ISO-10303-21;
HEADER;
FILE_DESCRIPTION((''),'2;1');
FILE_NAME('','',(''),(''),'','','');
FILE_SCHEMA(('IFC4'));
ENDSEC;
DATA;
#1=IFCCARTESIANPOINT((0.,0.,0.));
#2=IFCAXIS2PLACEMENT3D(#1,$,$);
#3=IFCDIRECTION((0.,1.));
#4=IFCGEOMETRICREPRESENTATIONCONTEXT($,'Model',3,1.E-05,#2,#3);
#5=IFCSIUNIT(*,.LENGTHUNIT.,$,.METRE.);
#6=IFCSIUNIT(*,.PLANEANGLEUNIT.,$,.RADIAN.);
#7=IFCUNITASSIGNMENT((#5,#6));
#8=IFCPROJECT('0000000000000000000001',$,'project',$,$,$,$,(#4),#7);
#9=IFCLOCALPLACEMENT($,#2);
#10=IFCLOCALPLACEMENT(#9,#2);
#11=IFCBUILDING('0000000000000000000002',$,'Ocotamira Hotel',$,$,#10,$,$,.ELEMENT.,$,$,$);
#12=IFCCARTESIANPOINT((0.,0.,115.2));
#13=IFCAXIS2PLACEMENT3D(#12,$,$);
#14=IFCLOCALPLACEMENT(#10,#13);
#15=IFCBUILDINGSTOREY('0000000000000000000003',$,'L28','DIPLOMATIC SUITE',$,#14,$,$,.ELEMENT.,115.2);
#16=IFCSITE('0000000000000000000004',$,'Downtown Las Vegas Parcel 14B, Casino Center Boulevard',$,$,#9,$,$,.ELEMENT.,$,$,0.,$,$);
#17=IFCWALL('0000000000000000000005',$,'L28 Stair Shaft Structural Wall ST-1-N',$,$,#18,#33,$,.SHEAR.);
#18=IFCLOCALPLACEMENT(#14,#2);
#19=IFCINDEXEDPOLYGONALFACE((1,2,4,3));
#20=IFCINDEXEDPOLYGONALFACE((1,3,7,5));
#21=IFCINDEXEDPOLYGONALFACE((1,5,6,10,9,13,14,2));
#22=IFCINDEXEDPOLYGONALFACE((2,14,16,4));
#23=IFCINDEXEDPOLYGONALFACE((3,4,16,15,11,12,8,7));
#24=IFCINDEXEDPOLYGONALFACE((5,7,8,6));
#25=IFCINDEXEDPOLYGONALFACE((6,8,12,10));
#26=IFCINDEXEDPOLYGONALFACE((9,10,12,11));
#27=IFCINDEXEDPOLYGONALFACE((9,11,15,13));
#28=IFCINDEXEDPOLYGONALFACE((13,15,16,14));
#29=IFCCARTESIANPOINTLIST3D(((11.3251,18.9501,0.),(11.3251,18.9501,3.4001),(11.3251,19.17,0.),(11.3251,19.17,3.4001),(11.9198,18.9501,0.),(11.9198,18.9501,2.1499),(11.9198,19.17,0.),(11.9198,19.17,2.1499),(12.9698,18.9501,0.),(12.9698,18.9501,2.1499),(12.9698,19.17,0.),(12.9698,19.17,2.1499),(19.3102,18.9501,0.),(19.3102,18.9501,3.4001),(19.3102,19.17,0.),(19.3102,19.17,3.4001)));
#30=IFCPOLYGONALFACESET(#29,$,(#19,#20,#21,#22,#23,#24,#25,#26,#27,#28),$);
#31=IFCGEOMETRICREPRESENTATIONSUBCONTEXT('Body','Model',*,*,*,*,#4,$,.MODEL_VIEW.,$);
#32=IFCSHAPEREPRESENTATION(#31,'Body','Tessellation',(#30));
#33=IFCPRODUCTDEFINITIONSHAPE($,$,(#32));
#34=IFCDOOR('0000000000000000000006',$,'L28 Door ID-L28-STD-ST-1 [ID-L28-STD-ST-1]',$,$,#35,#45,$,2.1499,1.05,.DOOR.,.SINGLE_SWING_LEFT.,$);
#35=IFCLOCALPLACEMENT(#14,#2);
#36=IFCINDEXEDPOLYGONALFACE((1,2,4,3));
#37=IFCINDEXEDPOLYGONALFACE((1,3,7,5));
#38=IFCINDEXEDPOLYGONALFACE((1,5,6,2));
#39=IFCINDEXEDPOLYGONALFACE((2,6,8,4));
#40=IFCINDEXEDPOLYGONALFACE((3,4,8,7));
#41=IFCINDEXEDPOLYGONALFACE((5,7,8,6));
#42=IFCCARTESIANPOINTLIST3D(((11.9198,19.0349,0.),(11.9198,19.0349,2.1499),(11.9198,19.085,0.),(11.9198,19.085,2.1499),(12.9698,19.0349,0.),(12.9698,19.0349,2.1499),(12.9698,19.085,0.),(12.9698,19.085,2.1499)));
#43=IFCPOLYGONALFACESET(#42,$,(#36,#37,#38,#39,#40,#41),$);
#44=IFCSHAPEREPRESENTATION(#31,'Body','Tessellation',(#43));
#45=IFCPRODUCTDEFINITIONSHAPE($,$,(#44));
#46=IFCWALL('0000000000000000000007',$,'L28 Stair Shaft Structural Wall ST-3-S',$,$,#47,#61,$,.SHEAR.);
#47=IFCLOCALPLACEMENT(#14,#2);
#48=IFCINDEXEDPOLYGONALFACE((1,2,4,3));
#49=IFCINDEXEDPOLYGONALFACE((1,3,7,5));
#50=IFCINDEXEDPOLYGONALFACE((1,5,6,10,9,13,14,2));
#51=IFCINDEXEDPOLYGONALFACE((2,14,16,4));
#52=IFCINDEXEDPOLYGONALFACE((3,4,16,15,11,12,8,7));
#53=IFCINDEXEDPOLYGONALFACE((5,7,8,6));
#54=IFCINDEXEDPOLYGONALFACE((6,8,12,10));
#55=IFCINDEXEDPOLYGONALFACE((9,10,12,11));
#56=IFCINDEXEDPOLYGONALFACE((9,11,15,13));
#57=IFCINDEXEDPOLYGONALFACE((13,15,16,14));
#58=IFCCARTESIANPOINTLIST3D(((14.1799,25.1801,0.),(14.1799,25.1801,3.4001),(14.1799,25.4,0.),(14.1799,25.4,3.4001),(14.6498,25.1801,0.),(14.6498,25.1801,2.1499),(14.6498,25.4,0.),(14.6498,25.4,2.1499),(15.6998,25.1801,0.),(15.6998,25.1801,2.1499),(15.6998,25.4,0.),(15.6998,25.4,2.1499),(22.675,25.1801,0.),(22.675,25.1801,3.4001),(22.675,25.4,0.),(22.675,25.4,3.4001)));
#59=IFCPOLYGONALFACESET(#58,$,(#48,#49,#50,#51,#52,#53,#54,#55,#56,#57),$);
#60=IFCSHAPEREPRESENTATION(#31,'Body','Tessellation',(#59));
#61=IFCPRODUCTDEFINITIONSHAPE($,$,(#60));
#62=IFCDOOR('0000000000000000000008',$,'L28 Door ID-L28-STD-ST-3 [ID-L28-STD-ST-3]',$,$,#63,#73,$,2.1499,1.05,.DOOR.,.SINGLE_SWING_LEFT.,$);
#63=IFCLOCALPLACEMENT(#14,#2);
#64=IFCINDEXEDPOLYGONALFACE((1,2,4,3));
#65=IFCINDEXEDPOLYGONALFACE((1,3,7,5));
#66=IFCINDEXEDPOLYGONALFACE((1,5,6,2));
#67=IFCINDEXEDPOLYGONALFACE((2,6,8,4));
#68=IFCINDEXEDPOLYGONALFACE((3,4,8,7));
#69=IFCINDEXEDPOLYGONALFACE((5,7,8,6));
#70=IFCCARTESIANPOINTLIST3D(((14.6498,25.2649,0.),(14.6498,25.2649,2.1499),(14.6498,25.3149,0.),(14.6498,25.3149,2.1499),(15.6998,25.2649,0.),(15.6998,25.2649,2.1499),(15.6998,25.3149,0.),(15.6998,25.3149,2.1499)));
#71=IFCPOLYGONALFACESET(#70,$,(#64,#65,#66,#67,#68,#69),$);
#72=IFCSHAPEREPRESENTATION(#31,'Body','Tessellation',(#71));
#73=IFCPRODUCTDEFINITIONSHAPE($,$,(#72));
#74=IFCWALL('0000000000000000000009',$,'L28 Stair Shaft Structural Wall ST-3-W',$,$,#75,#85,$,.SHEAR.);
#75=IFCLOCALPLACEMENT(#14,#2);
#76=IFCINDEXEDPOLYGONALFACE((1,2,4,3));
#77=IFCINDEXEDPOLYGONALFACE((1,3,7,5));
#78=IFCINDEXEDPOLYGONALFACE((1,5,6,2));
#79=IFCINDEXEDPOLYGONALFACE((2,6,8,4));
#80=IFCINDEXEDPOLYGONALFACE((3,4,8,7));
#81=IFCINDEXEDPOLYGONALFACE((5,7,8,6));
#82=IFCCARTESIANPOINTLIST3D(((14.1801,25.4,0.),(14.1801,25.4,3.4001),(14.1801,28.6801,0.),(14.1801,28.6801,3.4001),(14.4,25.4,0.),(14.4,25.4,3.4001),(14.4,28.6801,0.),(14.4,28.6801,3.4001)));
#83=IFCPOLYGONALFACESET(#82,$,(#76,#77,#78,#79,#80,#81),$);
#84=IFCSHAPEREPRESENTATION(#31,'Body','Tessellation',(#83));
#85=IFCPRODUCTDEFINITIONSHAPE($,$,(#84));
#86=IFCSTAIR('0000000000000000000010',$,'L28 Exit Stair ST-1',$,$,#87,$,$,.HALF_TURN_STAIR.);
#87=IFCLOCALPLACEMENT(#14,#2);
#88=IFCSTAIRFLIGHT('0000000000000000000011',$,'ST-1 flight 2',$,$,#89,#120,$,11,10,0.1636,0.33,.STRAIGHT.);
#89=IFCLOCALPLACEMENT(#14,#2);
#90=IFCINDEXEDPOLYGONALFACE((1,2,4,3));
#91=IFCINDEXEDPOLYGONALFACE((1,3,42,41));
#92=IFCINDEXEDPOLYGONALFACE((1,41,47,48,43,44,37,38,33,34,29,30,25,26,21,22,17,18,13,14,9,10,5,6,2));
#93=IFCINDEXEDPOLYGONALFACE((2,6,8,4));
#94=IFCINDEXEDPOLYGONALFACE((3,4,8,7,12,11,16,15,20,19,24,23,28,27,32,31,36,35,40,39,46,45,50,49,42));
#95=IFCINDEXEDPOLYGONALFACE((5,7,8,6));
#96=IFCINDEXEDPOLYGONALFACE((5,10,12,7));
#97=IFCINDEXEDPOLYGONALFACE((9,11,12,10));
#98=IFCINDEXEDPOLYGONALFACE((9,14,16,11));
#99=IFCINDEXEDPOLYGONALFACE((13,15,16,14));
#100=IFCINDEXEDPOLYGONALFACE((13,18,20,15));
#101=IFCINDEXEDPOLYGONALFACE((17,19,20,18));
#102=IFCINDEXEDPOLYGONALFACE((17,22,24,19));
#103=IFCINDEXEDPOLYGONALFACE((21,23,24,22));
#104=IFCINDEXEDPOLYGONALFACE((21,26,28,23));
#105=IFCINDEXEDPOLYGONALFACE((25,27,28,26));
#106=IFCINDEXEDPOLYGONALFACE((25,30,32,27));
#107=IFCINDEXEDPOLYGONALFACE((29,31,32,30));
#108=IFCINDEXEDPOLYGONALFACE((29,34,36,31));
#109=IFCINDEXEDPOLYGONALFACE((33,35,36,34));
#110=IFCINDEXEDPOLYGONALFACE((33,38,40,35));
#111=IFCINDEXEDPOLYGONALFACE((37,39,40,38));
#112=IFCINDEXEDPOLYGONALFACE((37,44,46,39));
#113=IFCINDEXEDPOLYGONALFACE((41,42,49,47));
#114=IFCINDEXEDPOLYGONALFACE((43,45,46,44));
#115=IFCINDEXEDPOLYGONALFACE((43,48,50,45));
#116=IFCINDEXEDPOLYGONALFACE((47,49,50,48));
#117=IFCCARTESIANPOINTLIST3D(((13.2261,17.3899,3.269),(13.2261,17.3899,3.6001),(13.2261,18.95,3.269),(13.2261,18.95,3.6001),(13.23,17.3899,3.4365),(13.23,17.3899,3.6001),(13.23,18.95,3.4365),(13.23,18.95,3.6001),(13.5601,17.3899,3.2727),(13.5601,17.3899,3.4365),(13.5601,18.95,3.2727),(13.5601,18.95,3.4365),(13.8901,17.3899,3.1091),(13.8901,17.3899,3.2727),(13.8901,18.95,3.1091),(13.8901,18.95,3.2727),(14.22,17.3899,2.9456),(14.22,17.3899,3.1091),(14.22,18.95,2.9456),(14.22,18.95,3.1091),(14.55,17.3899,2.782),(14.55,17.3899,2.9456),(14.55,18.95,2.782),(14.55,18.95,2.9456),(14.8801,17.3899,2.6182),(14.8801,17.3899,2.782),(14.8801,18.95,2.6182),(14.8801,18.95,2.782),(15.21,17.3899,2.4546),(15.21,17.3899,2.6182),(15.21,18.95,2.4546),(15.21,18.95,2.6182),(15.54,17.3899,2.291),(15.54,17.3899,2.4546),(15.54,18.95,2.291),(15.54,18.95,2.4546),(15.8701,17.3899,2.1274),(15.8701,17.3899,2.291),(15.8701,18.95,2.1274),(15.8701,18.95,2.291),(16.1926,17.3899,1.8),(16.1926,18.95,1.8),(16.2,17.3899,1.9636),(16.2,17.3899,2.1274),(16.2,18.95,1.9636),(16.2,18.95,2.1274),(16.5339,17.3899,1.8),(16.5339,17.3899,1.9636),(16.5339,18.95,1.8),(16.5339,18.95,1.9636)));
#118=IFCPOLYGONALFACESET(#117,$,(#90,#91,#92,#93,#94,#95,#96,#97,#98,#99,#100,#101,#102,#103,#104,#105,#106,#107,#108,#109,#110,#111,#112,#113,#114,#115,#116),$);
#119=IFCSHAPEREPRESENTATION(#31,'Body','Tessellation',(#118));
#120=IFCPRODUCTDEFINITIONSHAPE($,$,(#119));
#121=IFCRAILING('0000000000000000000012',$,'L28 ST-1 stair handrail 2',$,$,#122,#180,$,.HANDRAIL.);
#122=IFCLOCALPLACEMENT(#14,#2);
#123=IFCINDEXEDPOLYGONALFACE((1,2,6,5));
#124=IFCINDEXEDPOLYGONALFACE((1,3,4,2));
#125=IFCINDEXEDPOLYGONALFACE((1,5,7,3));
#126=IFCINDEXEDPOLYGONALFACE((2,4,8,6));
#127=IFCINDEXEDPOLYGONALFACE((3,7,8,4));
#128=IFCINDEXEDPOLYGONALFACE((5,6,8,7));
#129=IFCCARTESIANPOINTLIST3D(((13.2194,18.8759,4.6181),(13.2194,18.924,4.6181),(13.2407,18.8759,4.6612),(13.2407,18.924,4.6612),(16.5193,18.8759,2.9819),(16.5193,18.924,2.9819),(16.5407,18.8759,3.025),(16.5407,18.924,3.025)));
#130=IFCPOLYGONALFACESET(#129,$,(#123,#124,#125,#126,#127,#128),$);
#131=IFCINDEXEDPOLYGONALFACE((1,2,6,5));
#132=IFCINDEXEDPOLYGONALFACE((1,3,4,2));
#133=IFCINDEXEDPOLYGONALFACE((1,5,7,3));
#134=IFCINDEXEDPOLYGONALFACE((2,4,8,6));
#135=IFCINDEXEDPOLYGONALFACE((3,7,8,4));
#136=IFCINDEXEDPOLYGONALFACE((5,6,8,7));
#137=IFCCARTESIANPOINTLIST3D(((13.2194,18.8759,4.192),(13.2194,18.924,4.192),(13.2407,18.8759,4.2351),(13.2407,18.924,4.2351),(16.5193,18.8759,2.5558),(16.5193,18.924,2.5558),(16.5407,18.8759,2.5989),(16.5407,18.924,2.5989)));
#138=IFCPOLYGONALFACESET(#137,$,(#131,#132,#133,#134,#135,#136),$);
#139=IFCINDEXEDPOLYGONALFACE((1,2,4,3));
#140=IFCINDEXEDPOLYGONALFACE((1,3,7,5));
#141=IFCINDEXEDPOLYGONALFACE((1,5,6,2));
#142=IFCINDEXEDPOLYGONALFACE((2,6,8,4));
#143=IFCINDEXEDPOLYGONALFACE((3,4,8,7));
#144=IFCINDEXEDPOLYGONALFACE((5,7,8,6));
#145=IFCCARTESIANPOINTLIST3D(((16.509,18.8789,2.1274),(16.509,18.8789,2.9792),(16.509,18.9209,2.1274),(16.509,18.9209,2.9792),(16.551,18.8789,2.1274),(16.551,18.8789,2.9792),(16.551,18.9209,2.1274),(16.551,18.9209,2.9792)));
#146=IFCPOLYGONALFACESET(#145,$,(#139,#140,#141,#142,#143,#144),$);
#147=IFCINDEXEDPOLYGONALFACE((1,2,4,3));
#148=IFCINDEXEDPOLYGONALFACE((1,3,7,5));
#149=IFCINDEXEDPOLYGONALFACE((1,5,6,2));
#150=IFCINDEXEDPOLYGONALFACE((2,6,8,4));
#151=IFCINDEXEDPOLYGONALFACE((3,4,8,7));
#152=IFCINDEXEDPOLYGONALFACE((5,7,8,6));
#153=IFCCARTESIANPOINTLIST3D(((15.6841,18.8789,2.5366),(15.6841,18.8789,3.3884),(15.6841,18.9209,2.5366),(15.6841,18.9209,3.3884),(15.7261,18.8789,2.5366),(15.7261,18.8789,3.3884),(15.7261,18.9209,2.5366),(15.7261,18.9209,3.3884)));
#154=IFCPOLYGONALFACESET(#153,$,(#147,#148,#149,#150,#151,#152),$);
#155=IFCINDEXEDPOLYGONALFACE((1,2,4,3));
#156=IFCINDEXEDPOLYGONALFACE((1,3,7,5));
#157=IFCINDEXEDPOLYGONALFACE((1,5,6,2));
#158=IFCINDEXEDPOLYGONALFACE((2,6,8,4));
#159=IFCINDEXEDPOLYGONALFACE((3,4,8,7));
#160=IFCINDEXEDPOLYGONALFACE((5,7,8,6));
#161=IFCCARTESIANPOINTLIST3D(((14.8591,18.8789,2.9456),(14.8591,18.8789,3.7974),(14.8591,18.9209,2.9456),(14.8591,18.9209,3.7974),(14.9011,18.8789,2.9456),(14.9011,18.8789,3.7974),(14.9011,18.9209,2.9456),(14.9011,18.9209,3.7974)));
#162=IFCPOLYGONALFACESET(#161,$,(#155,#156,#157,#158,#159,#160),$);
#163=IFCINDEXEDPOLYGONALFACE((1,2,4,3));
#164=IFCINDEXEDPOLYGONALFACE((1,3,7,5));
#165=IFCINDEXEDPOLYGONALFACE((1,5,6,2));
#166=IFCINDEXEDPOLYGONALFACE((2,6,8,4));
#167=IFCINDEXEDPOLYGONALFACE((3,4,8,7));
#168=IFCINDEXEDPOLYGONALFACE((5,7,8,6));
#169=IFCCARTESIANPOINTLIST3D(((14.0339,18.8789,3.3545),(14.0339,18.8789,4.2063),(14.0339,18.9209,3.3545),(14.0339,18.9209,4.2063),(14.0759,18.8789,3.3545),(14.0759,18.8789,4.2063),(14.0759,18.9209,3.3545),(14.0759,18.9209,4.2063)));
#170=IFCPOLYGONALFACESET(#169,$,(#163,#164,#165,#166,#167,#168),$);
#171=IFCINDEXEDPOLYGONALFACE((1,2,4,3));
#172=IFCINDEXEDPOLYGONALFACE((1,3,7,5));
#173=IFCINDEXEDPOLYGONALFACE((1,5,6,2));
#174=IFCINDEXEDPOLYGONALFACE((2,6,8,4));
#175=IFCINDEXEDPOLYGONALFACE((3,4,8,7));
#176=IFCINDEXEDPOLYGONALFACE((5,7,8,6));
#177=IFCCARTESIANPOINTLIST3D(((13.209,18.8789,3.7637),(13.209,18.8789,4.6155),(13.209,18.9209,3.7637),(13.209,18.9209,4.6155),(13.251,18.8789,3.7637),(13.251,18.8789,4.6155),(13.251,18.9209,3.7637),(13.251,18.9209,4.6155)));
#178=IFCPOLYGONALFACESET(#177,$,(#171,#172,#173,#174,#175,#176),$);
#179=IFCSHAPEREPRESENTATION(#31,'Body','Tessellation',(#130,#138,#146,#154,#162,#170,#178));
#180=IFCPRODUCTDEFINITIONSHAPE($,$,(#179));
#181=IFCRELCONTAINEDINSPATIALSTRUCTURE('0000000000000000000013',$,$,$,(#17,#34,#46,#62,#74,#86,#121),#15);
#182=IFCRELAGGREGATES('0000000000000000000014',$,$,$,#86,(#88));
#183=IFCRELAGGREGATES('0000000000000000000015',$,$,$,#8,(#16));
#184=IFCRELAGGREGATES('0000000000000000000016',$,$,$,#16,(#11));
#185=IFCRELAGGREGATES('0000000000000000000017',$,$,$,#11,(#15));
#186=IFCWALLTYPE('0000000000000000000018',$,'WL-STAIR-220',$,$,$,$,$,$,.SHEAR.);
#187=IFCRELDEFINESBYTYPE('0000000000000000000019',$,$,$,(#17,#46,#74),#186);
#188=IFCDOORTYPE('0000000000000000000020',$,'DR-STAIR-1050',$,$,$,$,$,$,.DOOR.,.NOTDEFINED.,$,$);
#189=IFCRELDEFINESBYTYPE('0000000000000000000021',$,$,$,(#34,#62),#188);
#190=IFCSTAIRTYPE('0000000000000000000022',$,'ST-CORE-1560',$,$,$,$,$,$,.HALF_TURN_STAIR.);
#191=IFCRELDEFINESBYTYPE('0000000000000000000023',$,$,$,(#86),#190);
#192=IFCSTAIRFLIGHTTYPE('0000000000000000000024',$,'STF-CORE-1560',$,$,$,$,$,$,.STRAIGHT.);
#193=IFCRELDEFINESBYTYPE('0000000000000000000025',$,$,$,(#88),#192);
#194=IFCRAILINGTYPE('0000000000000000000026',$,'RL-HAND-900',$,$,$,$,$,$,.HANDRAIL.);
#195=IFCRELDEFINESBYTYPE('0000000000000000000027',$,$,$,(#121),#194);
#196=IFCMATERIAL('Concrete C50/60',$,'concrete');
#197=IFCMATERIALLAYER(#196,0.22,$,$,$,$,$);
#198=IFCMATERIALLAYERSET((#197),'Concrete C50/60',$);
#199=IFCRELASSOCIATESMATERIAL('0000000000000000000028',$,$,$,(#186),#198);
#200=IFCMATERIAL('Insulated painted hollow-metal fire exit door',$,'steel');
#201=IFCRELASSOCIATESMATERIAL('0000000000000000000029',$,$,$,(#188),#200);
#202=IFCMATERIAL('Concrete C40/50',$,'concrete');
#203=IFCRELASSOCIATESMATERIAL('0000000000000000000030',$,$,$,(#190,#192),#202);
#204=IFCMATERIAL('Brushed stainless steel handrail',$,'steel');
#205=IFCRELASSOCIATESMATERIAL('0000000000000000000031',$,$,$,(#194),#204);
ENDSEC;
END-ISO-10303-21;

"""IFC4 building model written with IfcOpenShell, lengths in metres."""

from ifc_helpers import new_model, si_unit, direction, frame, frame_2d, origin, origin_2d, place, context, subcontext, project, spatial, polyline, rectangle, outline, extrude, source, transform, mapped, material, layer, layer_set, type_object, element, fill, aggregate, save


model = new_model("IFC4")

# Units and contexts
model_context = context("Model", 3, precision=1e-05, world=origin(), true_north=direction((0.0, 1.0)))
body_context = subcontext(model_context, "Body", "Model", "MODEL_VIEW")
ifc_project = project(units=[si_unit("LENGTHUNIT", "METRE"), si_unit("PLANEANGLEUNIT", "RADIAN")], contexts=[model_context])

# Site, building, storey
site_placement = place(None, origin())
site = spatial("IfcSite", under=ifc_project, at=site_placement, Name="Downtown Las Vegas Parcel 14B, Casino Center Boulevard", CompositionType="ELEMENT", RefElevation=0.0)
building_placement = place(site_placement, origin())
building = spatial("IfcBuilding", under=site, at=building_placement, Name="Ocotamira Hotel", CompositionType="ELEMENT")
storey_placement = place(building_placement, frame((0.0, 0.0, 115.2)))
storey = spatial("IfcBuildingStorey", under=building, at=storey_placement, Name="L28", Description="DIPLOMATIC SUITE", CompositionType="ELEMENT", Elevation=115.2)

# Walls, openings, doors
ifc_material_1 = material(Name="Concrete C50/60", Category="concrete")
ifc_layer_1 = layer(ifc_material_1, 0.22)
ifc_layer_set_1 = layer_set([ifc_layer_1], Name="Concrete C50/60")
wall_type_1 = type_object("IfcWallType", Name="WL-STAIR-220", PredefinedType="SHEAR", material=ifc_layer_set_1)
wall_1_placement = place(storey_placement, frame((11.325, 19.0601, 0.0), z_axis=(0.0, 0.0, 1.0), x_axis=(1.0, 0.0, 0.0)))
wall_1 = element("IfcWall", 1, at=wall_1_placement, inside=storey, type_object=wall_type_1, Name="L28 Stair Shaft Structural Wall ST-1-N", PredefinedType="SHEAR", context=body_context, shape_type="SweptSolid", body=[
    extrude(rectangle(XDim=7.9851, YDim=0.22, at=frame_2d((3.9927, 0.0))), origin(), (0.0, 0.0, 1.0), 3.4001),
])
opening_1_placement = place(wall_1_placement, frame((0.595, 0.0, 0.0)))
opening_1 = element("IfcOpeningElement", 2, at=opening_1_placement, cuts=wall_1, PredefinedType="OPENING", context=body_context, shape_type="SweptSolid", body=[
    extrude(rectangle(XDim=1.05, YDim=2.1499, at=frame_2d((0.5249, 1.075))), frame((0.0, 0.1201, 0.0), z_axis=(0.0, -1.0, 0.0), x_axis=(1.0, 0.0, 0.0)), (0.0, 0.0, 1.0), 0.24),
])
ifc_material_2 = material(Name="Insulated painted hollow-metal fire exit door", Category="steel")
door_type_1 = type_object("IfcDoorType", Name="DR-STAIR-1050", OperationType="NOTDEFINED", PredefinedType="DOOR", material=ifc_material_2)
shared_shape_1 = source(origin(), body_context, "Body", "SweptSolid", [
    extrude(rectangle(XDim=1.05, YDim=2.1499, at=frame_2d((0.5249, 1.075))), frame((0.0, 0.0249, 0.0), z_axis=(0.0, -1.0, 0.0), x_axis=(1.0, 0.0, 0.0)), (0.0, 0.0, 1.0), 0.05),
])
door_1_placement = place(opening_1_placement, origin())
door_1 = element("IfcDoor", 3, at=door_1_placement, inside=storey, type_object=door_type_1, Name="L28 Door ID-L28-STD-ST-1 [ID-L28-STD-ST-1]", OperationType="SINGLE_SWING_LEFT", OverallHeight=2.1499, OverallWidth=1.05, PredefinedType="DOOR", context=body_context, shape_type="MappedRepresentation", body=[
    mapped(shared_shape_1, transform((0.0, 0.0, 0.0), scale=1.0)),
])
fill(opening_1, door_1)
wall_2_placement = place(storey_placement, frame((14.1799, 25.29, 0.0), z_axis=(0.0, 0.0, 1.0), x_axis=(1.0, 0.0, 0.0)))
wall_2 = element("IfcWall", 4, at=wall_2_placement, inside=storey, type_object=wall_type_1, Name="L28 Stair Shaft Structural Wall ST-3-S", PredefinedType="SHEAR", context=body_context, shape_type="SweptSolid", body=[
    extrude(rectangle(XDim=8.4951, YDim=0.22, at=frame_2d((4.2476, 0.0))), origin(), (0.0, 0.0, 1.0), 3.4001),
])
opening_2_placement = place(wall_2_placement, frame((0.47, 0.0, 0.0)))
opening_2 = element("IfcOpeningElement", 5, at=opening_2_placement, cuts=wall_2, PredefinedType="OPENING", context=body_context, shape_type="SweptSolid", body=[
    extrude(rectangle(XDim=1.05, YDim=2.1499, at=frame_2d((0.5249, 1.075))), frame((0.0, 0.1201, 0.0), z_axis=(0.0, -1.0, 0.0), x_axis=(1.0, 0.0, 0.0)), (0.0, 0.0, 1.0), 0.24),
])
door_2_placement = place(opening_2_placement, origin())
door_2 = element("IfcDoor", 6, at=door_2_placement, inside=storey, type_object=door_type_1, Name="L28 Door ID-L28-STD-ST-3 [ID-L28-STD-ST-3]", OperationType="SINGLE_SWING_LEFT", OverallHeight=2.1499, OverallWidth=1.05, PredefinedType="DOOR", context=body_context, shape_type="MappedRepresentation", body=[
    mapped(shared_shape_1, transform((0.0, 0.0, 0.0), scale=1.0)),
])
fill(opening_2, door_2)

# Wall
wall_3_placement = place(storey_placement, frame((14.29, 25.3999, 0.0), z_axis=(0.0, 0.0, 1.0), x_axis=(0.0, 1.0, 0.0)))
element("IfcWall", 7, at=wall_3_placement, inside=storey, type_object=wall_type_1, Name="L28 Stair Shaft Structural Wall ST-3-W", PredefinedType="SHEAR", context=body_context, shape_type="SweptSolid", body=[
    extrude(rectangle(XDim=3.28, YDim=0.22, at=frame_2d((1.6401, 0.0))), origin(), (0.0, 0.0, 1.0), 3.4001),
])

# Stair, stair flight
ifc_material_3 = material(Name="Concrete C40/50", Category="concrete")
stair_type = type_object("IfcStairType", Name="ST-CORE-1560", PredefinedType="HALF_TURN_STAIR", material=ifc_material_3)
stair_placement = place(storey_placement, origin())
stair = element("IfcStair", 8, at=stair_placement, inside=storey, type_object=stair_type, Name="L28 Exit Stair ST-1", PredefinedType="HALF_TURN_STAIR")
stair_flight_type = type_object("IfcStairFlightType", Name="STF-CORE-1560", PredefinedType="STRAIGHT", material=ifc_material_3)
shared_shape_2 = source(origin(), body_context, "Body", "SweptSolid", [
    extrude(outline(polyline([(-0.0039, 0.0), (-0.0039, 0.1636), (0.3301, 0.1636), (0.3301, 0.3274), (0.6599, 0.3274), (0.6599, 0.491), (0.99, 0.491), (0.99, 0.6545), (1.3201, 0.6545), (1.3201, 0.8181), (1.6499, 0.8181), (1.6499, 0.9819), (1.98, 0.9819), (1.98, 1.1455), (2.3101, 1.1455), (2.3101, 1.3091), (2.6399, 1.3091), (2.6399, 1.4727), (2.97, 1.4727), (2.97, 1.6365), (3.3, 1.6365), (3.3, 1.8), (3.304, 1.8), (3.304, 1.469), (0.3374, 0.0), (-0.0039, 0.0)])), frame((0.0, 0.78, 0.0), z_axis=(0.0, -1.0, 0.0), x_axis=(1.0, 0.0, 0.0)), (0.0, 0.0, 1.0), 1.5601),
])
stair_flight_placement = place(storey_placement, frame((16.53, 18.1699, 1.8), z_axis=(0.0, 0.0, 1.0), x_axis=(-1.0, 0.0, 0.0)))
stair_flight = element("IfcStairFlight", 9, at=stair_flight_placement, type_object=stair_flight_type, Name="ST-1 flight 2", NumberOfRisers=11, NumberOfTreads=10, PredefinedType="STRAIGHT", RiserHeight=0.1636, TreadLength=0.33, context=body_context, shape_type="MappedRepresentation", body=[
    mapped(shared_shape_2, transform((0.0, 0.0, 0.0), scale=1.0)),
])
aggregate(stair, [stair_flight])

# Railing
ifc_material_4 = material(Name="Brushed stainless steel handrail", Category="steel")
railing_type_1 = type_object("IfcRailingType", Name="RL-HAND-900", PredefinedType="HANDRAIL", material=ifc_material_4)
railing_1_placement = place(storey_placement, frame((16.53, 18.8999, 2.1274)))
element("IfcRailing", 10, at=railing_1_placement, inside=storey, type_object=railing_type_1, Name="L28 ST-1 stair handrail 2", PredefinedType="HANDRAIL", context=body_context, shape_type="SweptSolid", body=[
    extrude(rectangle(XDim=0.0481, YDim=0.0481, at=origin_2d()), frame((0.0, 0.0, 0.876), z_axis=(-0.89592, 0.0, 0.444215), x_axis=(0.0, -1.0, 0.0)), (0.0, 0.0, 1.0), 3.6833),
    extrude(rectangle(XDim=0.0481, YDim=0.0481, at=origin_2d()), frame((0.0, 0.0, 0.45), z_axis=(-0.89592, 0.0, 0.444215), x_axis=(0.0, -1.0, 0.0)), (0.0, 0.0, 1.0), 3.6833),
    extrude(rectangle(XDim=0.042, YDim=0.042, at=origin_2d()), origin(), (0.0, 0.0, 1.0), 0.8518),
    extrude(rectangle(XDim=0.042, YDim=0.042, at=origin_2d()), frame((-0.825, 0.0, 0.4092)), (0.0, 0.0, 1.0), 0.8518),
    extrude(rectangle(XDim=0.042, YDim=0.042, at=origin_2d()), frame((-1.6499, 0.0, 0.8181)), (0.0, 0.0, 1.0), 0.8518),
    extrude(rectangle(XDim=0.042, YDim=0.042, at=origin_2d()), frame((-2.4751, 0.0, 1.2271)), (0.0, 0.0, 1.0), 0.8518),
    extrude(rectangle(XDim=0.042, YDim=0.042, at=origin_2d()), frame((-3.3, 0.0, 1.6362)), (0.0, 0.0, 1.0), 0.8518),
])

save(model, "model.ifc")
